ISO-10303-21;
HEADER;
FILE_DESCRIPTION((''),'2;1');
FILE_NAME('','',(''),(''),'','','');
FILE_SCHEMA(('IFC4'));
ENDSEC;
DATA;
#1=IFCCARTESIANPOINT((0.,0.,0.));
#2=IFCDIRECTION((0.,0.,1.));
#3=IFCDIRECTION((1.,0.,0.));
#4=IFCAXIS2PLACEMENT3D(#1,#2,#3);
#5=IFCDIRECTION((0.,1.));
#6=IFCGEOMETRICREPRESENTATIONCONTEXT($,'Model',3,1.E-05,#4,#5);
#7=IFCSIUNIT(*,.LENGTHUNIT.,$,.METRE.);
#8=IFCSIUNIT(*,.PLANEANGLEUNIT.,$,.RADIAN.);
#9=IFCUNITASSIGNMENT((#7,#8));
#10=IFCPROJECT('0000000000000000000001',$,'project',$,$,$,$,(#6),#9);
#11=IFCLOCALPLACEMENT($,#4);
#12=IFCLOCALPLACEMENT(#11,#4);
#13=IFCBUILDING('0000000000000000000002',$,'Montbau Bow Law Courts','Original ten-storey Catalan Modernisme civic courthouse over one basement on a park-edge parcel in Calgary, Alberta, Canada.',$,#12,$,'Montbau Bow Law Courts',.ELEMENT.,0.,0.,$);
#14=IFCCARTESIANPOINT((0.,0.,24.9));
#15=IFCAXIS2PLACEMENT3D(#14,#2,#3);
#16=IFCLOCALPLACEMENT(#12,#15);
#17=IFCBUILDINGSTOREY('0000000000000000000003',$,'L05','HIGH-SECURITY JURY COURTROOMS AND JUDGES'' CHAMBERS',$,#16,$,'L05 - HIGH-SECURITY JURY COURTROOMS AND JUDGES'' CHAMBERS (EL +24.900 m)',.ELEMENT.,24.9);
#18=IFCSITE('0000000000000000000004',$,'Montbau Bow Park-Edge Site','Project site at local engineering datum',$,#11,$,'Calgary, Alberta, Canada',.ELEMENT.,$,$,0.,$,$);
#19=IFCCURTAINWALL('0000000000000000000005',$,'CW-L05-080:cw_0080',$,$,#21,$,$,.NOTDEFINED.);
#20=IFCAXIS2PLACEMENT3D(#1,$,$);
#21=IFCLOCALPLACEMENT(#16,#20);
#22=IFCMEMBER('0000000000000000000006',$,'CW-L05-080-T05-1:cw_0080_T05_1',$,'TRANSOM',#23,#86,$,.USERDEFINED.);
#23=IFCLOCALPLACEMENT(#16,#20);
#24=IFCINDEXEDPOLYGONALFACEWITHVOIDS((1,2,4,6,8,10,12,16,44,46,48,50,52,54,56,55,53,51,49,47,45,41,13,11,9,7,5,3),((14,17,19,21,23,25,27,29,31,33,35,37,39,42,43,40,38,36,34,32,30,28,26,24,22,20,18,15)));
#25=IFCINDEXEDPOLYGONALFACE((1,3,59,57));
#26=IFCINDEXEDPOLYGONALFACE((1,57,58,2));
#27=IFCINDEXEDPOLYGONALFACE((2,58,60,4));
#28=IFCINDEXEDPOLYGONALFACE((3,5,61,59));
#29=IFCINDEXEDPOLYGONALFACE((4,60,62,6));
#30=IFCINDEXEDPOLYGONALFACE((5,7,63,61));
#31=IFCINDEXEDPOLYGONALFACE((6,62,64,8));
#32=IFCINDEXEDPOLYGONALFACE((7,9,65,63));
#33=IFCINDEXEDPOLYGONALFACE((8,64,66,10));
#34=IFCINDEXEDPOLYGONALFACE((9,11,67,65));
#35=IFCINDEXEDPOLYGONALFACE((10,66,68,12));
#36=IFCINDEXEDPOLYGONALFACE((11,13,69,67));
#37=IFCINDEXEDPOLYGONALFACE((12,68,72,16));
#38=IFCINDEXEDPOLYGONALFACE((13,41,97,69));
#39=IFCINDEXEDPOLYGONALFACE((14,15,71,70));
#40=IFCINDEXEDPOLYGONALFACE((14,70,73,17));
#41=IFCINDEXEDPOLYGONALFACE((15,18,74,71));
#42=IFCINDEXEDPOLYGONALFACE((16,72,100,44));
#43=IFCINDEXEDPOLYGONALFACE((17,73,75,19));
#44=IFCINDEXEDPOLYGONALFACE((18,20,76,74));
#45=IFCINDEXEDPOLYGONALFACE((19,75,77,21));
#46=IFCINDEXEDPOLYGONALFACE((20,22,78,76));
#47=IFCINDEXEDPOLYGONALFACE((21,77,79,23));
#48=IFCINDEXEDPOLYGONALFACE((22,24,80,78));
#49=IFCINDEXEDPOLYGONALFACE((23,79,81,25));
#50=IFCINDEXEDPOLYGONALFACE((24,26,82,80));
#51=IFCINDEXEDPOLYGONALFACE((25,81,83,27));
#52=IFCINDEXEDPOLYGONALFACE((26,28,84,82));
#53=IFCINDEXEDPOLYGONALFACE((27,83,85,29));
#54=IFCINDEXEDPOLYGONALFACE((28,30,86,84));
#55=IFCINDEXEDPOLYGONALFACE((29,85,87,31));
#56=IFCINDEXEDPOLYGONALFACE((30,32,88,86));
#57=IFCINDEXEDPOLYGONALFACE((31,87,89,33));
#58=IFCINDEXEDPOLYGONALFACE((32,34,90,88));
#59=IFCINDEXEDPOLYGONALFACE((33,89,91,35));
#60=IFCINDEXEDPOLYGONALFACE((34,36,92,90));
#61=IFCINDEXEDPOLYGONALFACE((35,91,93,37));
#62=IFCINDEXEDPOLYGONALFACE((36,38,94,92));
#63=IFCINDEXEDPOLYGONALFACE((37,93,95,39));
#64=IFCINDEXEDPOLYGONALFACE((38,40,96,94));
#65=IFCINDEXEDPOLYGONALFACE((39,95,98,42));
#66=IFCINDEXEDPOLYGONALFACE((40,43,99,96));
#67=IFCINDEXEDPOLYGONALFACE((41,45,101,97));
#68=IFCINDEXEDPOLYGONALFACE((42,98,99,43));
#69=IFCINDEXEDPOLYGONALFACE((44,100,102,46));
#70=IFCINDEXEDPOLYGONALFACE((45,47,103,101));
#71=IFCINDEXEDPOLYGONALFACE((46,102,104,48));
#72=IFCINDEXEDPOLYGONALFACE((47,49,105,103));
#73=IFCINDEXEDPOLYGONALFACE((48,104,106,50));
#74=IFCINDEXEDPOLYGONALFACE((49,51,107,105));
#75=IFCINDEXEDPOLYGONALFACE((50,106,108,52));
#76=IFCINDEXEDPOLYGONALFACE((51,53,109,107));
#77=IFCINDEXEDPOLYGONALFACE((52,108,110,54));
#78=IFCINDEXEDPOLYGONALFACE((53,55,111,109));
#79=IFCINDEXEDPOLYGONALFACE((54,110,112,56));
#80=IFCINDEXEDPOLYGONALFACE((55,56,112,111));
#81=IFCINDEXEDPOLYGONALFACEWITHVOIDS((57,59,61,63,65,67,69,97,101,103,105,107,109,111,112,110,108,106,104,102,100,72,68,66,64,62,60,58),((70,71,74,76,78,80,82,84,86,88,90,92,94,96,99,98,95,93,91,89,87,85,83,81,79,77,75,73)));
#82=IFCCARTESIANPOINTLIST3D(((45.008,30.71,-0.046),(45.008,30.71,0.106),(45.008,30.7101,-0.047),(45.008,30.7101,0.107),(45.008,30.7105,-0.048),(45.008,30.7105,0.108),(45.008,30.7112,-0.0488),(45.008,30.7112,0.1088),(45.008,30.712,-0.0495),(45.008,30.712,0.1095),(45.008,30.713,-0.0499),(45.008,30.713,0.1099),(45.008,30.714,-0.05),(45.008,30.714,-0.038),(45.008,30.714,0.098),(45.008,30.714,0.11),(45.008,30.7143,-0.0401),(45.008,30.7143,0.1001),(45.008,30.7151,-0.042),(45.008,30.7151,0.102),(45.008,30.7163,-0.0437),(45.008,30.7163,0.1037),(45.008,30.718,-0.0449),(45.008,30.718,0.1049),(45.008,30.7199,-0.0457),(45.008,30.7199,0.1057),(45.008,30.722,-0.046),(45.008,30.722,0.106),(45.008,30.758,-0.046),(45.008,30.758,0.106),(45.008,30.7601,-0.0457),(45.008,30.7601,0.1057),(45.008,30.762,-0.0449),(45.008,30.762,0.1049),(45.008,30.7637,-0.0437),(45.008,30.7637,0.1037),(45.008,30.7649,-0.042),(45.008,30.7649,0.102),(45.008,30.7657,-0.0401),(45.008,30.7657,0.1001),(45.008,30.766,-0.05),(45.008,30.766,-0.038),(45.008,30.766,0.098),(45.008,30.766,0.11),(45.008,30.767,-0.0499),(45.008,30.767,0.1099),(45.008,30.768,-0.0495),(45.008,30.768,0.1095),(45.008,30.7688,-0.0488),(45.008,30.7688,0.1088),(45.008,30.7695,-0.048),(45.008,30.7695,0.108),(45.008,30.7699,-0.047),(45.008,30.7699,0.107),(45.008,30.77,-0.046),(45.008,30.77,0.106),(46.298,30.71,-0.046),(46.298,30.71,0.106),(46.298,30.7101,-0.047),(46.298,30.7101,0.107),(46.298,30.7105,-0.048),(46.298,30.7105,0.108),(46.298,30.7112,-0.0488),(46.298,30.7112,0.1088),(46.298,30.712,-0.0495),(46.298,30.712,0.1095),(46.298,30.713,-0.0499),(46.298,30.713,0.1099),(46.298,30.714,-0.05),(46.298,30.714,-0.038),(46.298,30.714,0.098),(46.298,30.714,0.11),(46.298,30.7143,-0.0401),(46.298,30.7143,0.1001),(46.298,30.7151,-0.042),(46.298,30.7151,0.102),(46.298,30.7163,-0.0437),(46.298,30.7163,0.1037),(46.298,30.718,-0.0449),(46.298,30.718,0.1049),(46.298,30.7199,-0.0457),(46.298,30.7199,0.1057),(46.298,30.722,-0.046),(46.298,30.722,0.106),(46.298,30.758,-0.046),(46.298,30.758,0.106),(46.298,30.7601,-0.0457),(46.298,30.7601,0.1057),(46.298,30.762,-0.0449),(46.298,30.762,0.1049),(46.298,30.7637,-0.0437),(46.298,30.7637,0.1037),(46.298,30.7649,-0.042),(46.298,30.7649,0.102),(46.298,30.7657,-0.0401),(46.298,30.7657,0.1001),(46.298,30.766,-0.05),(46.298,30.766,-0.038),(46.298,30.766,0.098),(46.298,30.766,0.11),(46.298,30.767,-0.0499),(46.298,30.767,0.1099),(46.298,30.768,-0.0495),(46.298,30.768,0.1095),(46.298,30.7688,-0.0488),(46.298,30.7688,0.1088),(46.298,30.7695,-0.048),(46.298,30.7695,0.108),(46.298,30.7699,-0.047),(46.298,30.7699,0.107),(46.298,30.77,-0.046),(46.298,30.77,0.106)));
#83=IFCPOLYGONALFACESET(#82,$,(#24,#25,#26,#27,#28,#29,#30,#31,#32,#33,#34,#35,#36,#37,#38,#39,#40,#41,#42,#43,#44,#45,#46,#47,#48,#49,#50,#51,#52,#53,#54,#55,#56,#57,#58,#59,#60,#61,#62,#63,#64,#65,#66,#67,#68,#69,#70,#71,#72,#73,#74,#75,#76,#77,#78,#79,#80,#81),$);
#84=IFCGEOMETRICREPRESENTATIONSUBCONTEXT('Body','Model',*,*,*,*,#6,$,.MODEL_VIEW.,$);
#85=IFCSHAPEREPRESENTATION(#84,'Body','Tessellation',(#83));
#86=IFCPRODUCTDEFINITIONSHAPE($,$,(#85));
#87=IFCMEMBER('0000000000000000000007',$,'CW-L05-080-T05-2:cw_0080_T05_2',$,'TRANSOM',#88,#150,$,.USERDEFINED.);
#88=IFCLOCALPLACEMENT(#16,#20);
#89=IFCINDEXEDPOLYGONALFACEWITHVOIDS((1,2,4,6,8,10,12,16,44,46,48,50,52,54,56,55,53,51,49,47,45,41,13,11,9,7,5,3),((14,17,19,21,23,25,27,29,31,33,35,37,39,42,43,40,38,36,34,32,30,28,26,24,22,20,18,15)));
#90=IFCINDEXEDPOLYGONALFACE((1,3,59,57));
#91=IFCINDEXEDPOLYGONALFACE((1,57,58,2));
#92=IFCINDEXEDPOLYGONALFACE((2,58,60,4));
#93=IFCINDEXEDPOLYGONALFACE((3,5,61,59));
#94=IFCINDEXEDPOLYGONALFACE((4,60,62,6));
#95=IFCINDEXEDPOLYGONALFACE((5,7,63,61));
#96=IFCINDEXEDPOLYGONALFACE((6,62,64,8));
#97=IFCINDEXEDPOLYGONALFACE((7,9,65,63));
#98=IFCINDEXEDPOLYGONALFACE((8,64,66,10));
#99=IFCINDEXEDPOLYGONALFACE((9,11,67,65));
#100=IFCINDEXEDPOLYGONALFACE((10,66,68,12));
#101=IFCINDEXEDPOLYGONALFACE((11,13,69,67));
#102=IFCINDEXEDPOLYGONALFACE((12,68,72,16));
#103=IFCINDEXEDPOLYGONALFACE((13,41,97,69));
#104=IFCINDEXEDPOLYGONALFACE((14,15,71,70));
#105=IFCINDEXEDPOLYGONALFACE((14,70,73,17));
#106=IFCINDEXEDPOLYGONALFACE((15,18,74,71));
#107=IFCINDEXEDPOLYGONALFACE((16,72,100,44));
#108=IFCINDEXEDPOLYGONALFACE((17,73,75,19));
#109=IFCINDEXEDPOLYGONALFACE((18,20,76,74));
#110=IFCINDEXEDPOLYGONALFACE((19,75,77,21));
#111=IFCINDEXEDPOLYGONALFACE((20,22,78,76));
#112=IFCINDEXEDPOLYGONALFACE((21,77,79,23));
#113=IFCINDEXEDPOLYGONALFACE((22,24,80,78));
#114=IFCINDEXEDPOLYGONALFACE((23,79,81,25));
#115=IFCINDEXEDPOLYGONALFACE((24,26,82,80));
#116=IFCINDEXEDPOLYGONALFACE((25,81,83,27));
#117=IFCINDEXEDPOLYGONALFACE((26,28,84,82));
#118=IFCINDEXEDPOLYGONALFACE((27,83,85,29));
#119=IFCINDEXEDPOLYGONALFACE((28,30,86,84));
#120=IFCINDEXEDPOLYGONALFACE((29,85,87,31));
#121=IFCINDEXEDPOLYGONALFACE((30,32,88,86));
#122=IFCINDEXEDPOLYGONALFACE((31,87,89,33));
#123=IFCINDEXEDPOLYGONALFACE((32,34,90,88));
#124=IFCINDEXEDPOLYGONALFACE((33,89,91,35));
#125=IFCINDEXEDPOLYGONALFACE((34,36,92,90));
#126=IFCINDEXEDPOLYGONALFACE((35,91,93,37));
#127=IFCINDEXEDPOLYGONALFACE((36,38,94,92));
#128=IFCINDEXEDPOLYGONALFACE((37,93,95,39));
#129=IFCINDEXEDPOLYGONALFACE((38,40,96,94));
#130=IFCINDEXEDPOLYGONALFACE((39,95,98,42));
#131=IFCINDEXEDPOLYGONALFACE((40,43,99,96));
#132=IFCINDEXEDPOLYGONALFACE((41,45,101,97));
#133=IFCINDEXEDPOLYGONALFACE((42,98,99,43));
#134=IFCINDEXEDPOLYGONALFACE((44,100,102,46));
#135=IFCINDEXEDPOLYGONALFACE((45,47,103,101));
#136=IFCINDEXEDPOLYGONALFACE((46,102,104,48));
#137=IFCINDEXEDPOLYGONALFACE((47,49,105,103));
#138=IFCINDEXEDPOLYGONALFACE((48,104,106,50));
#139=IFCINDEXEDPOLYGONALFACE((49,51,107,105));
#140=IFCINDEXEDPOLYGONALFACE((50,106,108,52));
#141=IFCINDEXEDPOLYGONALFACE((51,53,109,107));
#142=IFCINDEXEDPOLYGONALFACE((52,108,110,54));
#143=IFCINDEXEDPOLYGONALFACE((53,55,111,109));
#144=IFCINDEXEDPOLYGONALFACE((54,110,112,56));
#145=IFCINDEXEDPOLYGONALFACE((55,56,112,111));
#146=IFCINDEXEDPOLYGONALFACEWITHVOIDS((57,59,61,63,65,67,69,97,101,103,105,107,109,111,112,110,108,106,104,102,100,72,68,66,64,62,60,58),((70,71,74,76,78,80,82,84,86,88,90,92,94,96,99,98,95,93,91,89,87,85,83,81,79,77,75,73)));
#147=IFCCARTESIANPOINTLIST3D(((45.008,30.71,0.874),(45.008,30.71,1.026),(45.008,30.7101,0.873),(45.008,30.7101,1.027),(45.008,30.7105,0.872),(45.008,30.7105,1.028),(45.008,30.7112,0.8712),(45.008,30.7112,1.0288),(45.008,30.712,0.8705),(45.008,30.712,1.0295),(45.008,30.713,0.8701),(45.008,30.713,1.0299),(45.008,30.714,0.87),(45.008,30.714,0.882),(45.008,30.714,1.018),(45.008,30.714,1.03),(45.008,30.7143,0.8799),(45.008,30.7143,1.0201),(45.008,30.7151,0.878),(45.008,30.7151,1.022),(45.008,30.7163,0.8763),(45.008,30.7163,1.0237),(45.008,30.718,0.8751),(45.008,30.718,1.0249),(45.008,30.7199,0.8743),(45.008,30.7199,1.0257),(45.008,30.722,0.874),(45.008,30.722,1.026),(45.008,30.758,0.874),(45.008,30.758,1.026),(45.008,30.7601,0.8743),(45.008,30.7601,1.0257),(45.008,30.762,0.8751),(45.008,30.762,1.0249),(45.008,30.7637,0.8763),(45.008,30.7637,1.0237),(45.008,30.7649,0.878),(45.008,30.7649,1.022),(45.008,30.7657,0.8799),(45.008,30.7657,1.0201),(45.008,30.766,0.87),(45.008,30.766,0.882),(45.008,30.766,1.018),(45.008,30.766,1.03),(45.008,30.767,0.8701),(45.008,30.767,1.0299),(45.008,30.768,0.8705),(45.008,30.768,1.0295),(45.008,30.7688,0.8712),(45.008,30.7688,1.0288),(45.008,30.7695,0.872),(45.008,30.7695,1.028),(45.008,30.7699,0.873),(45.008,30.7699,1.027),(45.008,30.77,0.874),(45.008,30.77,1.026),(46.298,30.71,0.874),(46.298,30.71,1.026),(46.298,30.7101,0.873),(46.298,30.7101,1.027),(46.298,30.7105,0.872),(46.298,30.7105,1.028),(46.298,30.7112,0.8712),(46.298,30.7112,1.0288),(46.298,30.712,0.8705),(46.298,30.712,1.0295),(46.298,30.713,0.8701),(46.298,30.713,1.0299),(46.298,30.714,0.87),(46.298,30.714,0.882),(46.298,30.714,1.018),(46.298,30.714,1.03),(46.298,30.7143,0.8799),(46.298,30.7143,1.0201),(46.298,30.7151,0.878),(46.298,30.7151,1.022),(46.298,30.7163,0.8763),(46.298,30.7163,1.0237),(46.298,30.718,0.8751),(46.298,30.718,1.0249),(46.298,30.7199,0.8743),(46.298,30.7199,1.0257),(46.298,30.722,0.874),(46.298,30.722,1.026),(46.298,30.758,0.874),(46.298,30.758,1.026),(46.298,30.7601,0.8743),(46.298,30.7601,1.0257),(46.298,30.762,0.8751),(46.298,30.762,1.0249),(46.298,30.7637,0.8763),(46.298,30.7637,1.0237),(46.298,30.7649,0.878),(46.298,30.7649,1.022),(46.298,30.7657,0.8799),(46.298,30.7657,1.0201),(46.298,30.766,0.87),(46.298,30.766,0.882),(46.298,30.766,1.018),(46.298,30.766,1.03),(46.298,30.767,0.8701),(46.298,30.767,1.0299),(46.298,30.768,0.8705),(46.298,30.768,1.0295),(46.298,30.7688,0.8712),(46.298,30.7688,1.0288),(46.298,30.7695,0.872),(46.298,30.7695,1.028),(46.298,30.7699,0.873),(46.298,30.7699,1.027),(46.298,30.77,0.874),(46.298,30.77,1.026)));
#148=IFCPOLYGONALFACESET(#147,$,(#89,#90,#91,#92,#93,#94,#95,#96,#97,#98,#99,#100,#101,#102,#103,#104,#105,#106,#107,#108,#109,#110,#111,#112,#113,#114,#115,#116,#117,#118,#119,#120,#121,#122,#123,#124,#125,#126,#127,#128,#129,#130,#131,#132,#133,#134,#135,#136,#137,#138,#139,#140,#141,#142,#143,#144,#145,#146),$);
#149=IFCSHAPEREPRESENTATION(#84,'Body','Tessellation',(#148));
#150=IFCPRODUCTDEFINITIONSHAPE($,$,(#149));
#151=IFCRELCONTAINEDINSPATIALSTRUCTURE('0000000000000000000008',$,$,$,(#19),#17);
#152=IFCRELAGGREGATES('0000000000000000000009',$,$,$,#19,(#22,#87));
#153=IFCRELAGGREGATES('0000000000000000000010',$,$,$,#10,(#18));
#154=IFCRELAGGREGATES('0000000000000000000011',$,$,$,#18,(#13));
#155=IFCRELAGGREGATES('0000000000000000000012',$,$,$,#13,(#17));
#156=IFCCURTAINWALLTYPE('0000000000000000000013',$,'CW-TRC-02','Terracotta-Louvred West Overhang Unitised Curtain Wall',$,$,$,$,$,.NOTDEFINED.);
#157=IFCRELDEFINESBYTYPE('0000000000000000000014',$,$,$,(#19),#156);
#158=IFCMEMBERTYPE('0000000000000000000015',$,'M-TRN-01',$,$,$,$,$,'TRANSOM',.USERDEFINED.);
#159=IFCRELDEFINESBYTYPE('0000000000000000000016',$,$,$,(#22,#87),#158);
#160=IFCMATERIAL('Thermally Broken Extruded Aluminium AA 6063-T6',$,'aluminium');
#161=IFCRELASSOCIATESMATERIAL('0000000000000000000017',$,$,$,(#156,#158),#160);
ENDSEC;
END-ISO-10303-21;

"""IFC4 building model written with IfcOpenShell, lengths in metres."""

from ifc_helpers import new_model, si_unit, direction, frame, origin_with_axes, origin_2d_with_axis, place, context, subcontext, project, spatial, hollow_rectangle, extrude, material, material_profile, profile_set, type_object, element, aggregate, save


model = new_model("IFC4")

# Units and contexts
model_context = context("Model", 3, precision=1e-05, world=origin_with_axes(), true_north=direction((0.0, 1.0)))
body_context = subcontext(model_context, "Body", "Model", "MODEL_VIEW")
ifc_project = project(units=[si_unit("LENGTHUNIT", "METRE"), si_unit("PLANEANGLEUNIT", "RADIAN")], contexts=[model_context])

# Site, building, storey
site_placement = place(None, origin_with_axes())
site = spatial("IfcSite", under=ifc_project, at=site_placement, Name="Montbau Bow Park-Edge Site", Description="Project site at local engineering datum", LongName="Calgary, Alberta, Canada", CompositionType="ELEMENT", RefElevation=0.0)
building_placement = place(site_placement, origin_with_axes())
building = spatial("IfcBuilding", under=site, at=building_placement, Name="Montbau Bow Law Courts", Description="Original ten-storey Catalan Modernisme civic courthouse over one basement on a park-edge parcel in Calgary, Alberta, Canada.", LongName="Montbau Bow Law Courts", CompositionType="ELEMENT", ElevationOfRefHeight=0.0, ElevationOfTerrain=0.0)
storey_placement = place(building_placement, frame((0.0, 0.0, 24.9), z_axis=(0.0, 0.0, 1.0), x_axis=(1.0, 0.0, 0.0)))
storey = spatial("IfcBuildingStorey", under=building, at=storey_placement, Name="L05", Description="HIGH-SECURITY JURY COURTROOMS AND JUDGES' CHAMBERS", LongName="L05 - HIGH-SECURITY JURY COURTROOMS AND JUDGES' CHAMBERS (EL +24.900 m)", CompositionType="ELEMENT", Elevation=24.9)

# Curtain wall, members
ifc_material_1 = material(Name="Thermally Broken Extruded Aluminium AA 6063-T6", Category="aluminium")
curtain_wall_type = type_object("IfcCurtainWallType", Name="CW-TRC-02", Description="Terracotta-Louvred West Overhang Unitised Curtain Wall", PredefinedType="NOTDEFINED", material=ifc_material_1)
curtain_wall_1_placement = place(None, frame((39.44, 30.74, 24.9), z_axis=(0.0, 0.0, 1.0), x_axis=(1.0, 0.0, 0.0)))
curtain_wall_1 = element("IfcCurtainWall", 1, at=curtain_wall_1_placement, inside=storey, type_object=curtain_wall_type, Name="CW-L05-080:cw_0080", PredefinedType="NOTDEFINED")
ifc_material_profile_1 = material_profile(ifc_material_1, hollow_rectangle(XDim=0.06, YDim=0.16, WallThickness=0.004, InnerFilletRadius=0.008, OuterFilletRadius=0.004, at=origin_2d_with_axis()), Name="CWT-160X60", Category="Main", Priority=0)
ifc_profile_set_1 = profile_set([ifc_material_profile_1], Name="Thermally Broken Extruded Aluminium AA 6063-T6")
member_type_1 = type_object("IfcMemberType", Name="M-TRN-01", ElementType="TRANSOM", PredefinedType="USERDEFINED", material=ifc_profile_set_1)
member_1_placement = place(None, frame((45.008, 30.74, 24.93), z_axis=(1.0, 0.0, 0.0), x_axis=(0.0, 1.0, 0.0)))
member_1 = element("IfcMember", 2, at=member_1_placement, type_object=member_type_1, Name="CW-L05-080-T05-1:cw_0080_T05_1", ObjectType="TRANSOM", PredefinedType="USERDEFINED", context=body_context, shape_type="SweptSolid", body=[
    extrude(hollow_rectangle(XDim=0.06, YDim=0.16, WallThickness=0.004, InnerFilletRadius=0.008, OuterFilletRadius=0.004, at=origin_2d_with_axis()), origin_with_axes(), (0.0, 0.0, 1.0), 1.29),
])
member_2_placement = place(None, frame((45.008, 30.74, 25.85), z_axis=(1.0, 0.0, 0.0), x_axis=(0.0, 1.0, 0.0)))
member_2 = element("IfcMember", 3, at=member_2_placement, type_object=member_type_1, Name="CW-L05-080-T05-2:cw_0080_T05_2", ObjectType="TRANSOM", PredefinedType="USERDEFINED", context=body_context, shape_type="SweptSolid", body=[
    extrude(hollow_rectangle(XDim=0.06, YDim=0.16, WallThickness=0.004, InnerFilletRadius=0.008, OuterFilletRadius=0.004, at=origin_2d_with_axis()), origin_with_axes(), (0.0, 0.0, 1.0), 1.29),
])

aggregate(curtain_wall_1, [member_1, member_2])

save(model, "model.ifc")
